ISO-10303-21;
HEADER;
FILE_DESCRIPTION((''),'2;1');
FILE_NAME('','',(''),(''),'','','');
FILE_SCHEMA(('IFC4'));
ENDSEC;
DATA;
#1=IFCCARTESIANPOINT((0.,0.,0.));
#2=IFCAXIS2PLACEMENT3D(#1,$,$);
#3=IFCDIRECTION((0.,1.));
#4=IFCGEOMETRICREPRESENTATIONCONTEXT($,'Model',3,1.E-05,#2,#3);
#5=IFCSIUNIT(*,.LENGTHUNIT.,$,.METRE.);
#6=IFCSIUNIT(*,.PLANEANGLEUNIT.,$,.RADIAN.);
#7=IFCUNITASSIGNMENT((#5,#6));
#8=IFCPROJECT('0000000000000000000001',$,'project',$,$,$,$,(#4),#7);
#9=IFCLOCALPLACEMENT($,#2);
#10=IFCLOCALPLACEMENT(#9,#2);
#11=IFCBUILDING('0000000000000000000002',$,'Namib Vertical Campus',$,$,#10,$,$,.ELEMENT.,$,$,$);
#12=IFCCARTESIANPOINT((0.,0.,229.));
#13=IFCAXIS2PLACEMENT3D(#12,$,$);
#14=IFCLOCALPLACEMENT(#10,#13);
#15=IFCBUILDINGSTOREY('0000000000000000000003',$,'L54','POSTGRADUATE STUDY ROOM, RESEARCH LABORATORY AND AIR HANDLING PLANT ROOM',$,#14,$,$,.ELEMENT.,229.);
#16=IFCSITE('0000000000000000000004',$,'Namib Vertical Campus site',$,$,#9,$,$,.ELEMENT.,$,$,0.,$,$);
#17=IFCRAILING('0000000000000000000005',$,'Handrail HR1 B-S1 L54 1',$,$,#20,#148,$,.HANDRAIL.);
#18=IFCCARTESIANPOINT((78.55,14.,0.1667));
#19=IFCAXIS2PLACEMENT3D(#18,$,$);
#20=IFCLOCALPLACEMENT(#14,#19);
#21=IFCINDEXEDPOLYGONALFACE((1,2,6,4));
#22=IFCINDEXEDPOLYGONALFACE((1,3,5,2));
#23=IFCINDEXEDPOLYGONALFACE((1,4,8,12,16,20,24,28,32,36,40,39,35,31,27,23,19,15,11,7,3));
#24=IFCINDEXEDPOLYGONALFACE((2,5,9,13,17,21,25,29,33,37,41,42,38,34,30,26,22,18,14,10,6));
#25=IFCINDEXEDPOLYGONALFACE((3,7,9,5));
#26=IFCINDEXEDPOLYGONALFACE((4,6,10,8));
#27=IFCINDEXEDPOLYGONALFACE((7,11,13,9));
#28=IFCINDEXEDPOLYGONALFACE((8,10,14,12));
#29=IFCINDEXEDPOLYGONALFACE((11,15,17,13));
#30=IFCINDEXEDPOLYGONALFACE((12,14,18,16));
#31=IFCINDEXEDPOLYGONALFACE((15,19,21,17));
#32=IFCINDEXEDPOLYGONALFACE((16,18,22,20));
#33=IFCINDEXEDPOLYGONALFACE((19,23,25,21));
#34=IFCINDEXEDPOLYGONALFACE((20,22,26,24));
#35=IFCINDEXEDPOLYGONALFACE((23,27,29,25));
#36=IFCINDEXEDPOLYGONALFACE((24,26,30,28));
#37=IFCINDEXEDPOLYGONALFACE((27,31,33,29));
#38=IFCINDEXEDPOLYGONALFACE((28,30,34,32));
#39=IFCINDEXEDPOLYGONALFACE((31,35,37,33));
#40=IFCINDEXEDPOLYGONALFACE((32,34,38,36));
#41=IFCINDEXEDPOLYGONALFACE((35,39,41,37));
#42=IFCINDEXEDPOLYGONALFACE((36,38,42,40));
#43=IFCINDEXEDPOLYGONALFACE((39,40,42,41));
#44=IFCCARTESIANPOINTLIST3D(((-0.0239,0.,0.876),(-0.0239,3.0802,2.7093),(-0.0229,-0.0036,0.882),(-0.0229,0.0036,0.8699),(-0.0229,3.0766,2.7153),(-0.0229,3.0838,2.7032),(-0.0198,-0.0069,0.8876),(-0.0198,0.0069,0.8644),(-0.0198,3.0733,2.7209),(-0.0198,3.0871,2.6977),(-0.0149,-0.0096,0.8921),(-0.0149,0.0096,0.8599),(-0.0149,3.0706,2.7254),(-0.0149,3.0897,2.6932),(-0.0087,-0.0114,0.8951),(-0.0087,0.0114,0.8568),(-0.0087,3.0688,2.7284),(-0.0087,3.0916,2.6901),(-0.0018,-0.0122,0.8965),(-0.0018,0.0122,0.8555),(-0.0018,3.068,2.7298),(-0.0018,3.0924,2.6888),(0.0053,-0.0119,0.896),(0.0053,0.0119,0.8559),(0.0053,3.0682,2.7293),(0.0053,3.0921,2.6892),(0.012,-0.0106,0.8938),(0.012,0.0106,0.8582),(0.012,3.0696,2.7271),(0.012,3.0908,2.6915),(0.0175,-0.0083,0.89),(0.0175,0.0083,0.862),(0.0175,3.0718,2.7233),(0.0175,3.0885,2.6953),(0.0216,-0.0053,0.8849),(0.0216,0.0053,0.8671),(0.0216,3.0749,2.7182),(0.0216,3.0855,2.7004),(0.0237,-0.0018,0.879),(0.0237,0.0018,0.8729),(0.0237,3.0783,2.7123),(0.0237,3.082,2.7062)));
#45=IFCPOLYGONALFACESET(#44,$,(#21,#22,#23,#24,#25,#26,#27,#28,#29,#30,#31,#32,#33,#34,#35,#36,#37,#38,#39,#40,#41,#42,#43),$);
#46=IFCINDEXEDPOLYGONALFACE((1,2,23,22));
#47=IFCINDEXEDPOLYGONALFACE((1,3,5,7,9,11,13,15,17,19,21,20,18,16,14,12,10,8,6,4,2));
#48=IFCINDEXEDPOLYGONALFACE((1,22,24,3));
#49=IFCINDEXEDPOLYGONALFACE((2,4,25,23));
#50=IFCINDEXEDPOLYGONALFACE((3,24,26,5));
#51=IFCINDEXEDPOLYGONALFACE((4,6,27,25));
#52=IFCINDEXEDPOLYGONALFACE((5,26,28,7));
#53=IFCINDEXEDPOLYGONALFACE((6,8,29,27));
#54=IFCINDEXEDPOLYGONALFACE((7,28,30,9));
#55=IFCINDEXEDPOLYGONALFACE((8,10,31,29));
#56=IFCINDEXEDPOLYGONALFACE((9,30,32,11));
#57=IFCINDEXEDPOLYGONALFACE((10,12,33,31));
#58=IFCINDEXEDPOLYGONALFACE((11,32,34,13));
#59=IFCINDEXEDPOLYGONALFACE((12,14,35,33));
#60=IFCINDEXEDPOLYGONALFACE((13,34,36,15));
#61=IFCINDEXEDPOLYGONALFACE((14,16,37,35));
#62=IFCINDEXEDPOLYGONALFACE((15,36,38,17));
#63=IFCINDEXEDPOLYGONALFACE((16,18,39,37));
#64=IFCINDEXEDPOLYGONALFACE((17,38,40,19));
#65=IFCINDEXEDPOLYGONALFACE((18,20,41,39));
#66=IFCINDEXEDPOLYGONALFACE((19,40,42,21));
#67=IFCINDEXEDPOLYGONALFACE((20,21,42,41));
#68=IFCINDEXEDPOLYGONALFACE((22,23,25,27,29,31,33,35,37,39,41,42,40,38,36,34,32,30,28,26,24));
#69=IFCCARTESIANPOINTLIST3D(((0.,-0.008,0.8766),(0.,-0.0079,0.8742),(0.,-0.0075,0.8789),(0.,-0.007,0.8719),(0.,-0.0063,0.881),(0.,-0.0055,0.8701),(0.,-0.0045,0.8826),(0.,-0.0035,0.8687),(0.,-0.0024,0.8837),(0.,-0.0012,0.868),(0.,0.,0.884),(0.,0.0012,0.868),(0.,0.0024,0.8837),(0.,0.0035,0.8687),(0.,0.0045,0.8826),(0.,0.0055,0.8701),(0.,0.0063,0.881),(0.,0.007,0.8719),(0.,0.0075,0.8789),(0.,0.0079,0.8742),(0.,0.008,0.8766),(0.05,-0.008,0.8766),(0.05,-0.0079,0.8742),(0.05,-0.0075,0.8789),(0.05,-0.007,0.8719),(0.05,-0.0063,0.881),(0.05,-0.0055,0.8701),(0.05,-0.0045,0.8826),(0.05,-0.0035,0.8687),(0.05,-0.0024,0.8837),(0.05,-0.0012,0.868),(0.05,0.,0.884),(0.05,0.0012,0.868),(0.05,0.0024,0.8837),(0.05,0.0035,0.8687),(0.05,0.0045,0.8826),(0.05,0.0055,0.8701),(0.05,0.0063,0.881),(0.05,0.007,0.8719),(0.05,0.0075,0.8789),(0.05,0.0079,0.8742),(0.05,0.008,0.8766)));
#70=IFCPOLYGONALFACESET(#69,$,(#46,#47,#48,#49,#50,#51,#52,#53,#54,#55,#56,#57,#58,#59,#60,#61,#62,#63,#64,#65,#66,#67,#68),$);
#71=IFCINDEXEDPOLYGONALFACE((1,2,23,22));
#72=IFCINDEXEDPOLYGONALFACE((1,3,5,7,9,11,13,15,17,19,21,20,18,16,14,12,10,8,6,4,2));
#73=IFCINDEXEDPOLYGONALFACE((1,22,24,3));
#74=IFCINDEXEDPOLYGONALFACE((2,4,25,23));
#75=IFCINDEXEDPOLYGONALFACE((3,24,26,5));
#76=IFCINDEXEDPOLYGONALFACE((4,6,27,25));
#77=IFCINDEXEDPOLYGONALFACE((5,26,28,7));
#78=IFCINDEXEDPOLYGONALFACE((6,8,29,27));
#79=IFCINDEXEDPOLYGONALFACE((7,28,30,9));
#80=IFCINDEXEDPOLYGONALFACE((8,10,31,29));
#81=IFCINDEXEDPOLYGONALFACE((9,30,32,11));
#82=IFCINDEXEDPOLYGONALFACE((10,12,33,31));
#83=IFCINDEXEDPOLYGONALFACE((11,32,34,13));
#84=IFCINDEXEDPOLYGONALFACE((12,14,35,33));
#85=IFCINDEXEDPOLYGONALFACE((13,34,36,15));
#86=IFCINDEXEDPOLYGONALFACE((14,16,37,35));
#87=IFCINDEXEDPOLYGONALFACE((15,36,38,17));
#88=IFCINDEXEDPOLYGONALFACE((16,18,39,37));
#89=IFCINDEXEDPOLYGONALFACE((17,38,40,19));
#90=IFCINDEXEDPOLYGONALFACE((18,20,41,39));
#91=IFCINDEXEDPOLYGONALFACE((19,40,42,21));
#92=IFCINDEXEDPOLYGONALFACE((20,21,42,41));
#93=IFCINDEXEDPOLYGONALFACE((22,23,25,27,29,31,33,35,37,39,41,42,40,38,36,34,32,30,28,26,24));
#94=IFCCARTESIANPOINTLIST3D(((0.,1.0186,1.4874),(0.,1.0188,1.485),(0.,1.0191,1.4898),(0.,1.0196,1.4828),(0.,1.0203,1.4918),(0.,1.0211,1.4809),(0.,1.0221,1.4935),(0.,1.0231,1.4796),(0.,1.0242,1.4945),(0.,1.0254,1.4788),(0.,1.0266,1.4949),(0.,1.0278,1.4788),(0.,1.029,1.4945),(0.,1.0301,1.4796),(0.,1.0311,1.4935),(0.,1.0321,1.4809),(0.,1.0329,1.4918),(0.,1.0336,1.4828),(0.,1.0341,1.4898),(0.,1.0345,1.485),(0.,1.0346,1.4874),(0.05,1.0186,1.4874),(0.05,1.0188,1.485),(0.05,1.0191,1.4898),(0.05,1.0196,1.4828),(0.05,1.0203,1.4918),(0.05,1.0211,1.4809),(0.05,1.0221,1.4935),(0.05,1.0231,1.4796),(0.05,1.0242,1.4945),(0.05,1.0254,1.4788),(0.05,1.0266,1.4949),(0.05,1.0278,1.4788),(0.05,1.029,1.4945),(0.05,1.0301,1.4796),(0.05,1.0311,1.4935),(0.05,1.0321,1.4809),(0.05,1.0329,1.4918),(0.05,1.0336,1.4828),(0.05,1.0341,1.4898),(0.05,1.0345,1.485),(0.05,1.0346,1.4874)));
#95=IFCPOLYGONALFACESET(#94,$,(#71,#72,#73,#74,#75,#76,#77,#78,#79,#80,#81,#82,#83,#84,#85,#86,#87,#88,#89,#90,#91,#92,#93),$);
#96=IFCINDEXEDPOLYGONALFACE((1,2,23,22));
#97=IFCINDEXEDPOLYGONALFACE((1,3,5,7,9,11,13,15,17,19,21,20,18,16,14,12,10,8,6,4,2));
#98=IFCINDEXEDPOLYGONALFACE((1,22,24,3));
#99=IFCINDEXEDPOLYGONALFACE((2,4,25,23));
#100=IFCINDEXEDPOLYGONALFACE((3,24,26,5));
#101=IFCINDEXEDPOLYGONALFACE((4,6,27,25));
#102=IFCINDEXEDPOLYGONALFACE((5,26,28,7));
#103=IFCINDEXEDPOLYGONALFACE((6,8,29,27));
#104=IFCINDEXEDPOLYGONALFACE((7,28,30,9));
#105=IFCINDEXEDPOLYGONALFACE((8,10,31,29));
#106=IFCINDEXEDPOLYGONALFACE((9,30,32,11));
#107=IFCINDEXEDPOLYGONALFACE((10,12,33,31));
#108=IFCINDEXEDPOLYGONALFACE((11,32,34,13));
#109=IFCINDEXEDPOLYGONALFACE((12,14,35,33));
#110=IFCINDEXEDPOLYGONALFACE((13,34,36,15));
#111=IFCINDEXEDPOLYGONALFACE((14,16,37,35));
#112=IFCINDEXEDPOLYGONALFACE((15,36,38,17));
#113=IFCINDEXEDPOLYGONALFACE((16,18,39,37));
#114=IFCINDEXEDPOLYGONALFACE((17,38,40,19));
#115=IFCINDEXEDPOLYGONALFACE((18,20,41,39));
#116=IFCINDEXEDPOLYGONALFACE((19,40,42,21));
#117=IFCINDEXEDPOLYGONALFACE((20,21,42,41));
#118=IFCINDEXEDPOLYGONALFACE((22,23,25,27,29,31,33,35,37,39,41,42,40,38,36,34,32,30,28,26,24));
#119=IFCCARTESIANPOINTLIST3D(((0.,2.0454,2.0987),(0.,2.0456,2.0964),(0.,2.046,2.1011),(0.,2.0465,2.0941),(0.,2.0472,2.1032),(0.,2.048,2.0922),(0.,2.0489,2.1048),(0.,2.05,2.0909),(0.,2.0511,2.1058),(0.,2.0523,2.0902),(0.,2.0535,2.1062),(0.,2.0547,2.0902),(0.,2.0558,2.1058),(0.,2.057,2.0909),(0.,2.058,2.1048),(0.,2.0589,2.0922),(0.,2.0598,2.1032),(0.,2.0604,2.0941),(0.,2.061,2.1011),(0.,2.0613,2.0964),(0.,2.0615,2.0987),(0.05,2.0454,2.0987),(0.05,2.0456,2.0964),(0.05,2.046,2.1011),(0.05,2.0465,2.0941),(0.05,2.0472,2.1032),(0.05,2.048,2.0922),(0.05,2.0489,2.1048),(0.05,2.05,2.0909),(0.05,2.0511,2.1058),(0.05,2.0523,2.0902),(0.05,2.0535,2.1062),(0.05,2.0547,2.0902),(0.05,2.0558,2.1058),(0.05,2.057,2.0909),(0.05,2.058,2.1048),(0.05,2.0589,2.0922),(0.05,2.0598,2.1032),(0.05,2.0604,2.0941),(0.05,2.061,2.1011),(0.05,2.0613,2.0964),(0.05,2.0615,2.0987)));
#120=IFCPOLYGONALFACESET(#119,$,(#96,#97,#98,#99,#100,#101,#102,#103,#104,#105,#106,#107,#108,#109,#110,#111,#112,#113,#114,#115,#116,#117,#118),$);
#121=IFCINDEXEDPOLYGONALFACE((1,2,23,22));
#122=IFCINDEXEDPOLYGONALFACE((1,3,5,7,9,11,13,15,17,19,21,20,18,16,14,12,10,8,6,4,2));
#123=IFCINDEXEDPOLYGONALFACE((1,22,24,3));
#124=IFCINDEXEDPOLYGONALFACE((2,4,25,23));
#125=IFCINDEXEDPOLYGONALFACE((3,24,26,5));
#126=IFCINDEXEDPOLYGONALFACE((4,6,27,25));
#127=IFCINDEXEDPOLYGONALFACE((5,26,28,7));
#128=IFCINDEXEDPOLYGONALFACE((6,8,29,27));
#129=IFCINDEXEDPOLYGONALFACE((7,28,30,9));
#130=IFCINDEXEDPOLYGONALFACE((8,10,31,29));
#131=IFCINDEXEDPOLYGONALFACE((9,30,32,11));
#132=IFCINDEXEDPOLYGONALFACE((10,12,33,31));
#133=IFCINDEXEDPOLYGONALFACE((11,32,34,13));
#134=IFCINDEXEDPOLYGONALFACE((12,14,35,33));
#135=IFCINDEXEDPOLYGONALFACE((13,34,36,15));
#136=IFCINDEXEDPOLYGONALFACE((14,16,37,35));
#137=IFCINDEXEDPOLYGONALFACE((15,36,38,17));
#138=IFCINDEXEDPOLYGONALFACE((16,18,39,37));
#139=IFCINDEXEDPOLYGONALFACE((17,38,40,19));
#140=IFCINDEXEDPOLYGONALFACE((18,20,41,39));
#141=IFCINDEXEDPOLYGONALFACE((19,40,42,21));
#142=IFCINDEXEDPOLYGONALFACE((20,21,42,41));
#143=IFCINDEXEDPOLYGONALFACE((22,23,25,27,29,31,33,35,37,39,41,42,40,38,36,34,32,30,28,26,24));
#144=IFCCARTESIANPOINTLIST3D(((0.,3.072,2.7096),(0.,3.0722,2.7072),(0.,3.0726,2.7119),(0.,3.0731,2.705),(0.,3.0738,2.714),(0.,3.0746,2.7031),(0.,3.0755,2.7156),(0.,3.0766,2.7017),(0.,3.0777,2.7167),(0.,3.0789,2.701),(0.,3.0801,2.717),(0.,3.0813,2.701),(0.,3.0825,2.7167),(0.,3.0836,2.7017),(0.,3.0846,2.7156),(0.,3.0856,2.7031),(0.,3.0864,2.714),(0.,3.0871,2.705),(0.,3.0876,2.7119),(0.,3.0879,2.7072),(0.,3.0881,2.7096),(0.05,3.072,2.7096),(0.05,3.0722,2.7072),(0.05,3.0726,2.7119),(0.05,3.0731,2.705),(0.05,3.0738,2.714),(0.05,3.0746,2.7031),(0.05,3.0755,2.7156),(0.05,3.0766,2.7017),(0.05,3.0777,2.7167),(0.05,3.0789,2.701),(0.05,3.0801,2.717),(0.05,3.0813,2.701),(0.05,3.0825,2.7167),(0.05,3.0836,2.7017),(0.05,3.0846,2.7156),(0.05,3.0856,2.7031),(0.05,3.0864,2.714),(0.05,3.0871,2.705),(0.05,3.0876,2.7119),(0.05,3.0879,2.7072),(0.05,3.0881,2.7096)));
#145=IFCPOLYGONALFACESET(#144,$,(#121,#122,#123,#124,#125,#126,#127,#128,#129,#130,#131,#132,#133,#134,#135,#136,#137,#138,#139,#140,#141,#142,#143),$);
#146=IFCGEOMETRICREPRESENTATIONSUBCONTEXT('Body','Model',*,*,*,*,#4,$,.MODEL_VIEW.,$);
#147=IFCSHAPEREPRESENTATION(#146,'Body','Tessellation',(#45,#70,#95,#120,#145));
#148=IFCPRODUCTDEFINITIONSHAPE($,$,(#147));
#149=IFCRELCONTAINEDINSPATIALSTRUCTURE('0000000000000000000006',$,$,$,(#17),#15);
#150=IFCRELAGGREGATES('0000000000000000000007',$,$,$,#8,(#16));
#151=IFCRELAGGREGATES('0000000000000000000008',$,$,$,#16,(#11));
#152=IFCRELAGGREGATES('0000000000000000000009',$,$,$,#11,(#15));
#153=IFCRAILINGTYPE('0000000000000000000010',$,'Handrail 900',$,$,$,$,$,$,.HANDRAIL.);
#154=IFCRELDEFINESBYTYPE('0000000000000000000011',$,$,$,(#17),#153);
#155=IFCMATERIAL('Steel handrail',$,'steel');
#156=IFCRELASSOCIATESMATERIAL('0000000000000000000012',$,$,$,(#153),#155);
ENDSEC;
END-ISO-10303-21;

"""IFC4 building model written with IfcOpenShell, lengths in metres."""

from ifc_helpers import new_model, si_unit, direction, frame, origin, origin_2d, place, context, subcontext, project, spatial, circle, extrude, material, type_object, element, save


model = new_model("IFC4")

# Units and contexts
model_context = context("Model", 3, precision=1e-05, world=origin(), true_north=direction((0.0, 1.0)))
body_context = subcontext(model_context, "Body", "Model", "MODEL_VIEW")
ifc_project = project(units=[si_unit("LENGTHUNIT", "METRE"), si_unit("PLANEANGLEUNIT", "RADIAN")], contexts=[model_context])

# Site, building, storey
site_placement = place(None, origin())
site = spatial("IfcSite", under=ifc_project, at=site_placement, Name="Namib Vertical Campus site", CompositionType="ELEMENT", RefElevation=0.0)
building_placement = place(site_placement, origin())
building = spatial("IfcBuilding", under=site, at=building_placement, Name="Namib Vertical Campus", CompositionType="ELEMENT")
storey_placement = place(building_placement, frame((0.0, 0.0, 229.0)))
storey = spatial("IfcBuildingStorey", under=building, at=storey_placement, Name="L54", Description="POSTGRADUATE STUDY ROOM, RESEARCH LABORATORY AND AIR HANDLING PLANT ROOM", CompositionType="ELEMENT", Elevation=229.0)

# Railing
ifc_material_1 = material(Name="Steel handrail", Category="steel")
railing_type_1 = type_object("IfcRailingType", Name="Handrail 900", PredefinedType="HANDRAIL", material=ifc_material_1)
railing_1_placement = place(storey_placement, frame((78.55, 14.0, 0.1667)))
element("IfcRailing", 1, at=railing_1_placement, inside=storey, type_object=railing_type_1, Name="Handrail HR1 B-S1 L54 1", PredefinedType="HANDRAIL", context=body_context, shape_type="SweptSolid", body=[
    extrude(circle(Radius=0.0239, at=origin_2d()), frame((0.0, 0.0, 0.876), z_axis=(0.0, 0.859309, 0.511458), x_axis=(-1.0, 0.0, 0.0)), (0.0, 0.0, 1.0), 3.5845),
    extrude(circle(Radius=0.0081, at=origin_2d()), frame((0.0, 0.0, 0.876), z_axis=(1.0, 0.0, 0.0), x_axis=(0.0, 0.0, 1.0)), (0.0, 0.0, 1.0), 0.05),
    extrude(circle(Radius=0.0081, at=origin_2d()), frame((0.0, 1.0266, 1.4868), z_axis=(1.0, 0.0, 0.0), x_axis=(0.0, 0.0, 1.0)), (0.0, 0.0, 1.0), 0.05),
    extrude(circle(Radius=0.0081, at=origin_2d()), frame((0.0, 2.0535, 2.0981), z_axis=(1.0, 0.0, 0.0), x_axis=(0.0, 0.0, 1.0)), (0.0, 0.0, 1.0), 0.05),
    extrude(circle(Radius=0.0081, at=origin_2d()), frame((0.0, 3.0801, 2.709), z_axis=(1.0, 0.0, 0.0), x_axis=(0.0, 0.0, 1.0)), (0.0, 0.0, 1.0), 0.05),
])

save(model, "model.ifc")
